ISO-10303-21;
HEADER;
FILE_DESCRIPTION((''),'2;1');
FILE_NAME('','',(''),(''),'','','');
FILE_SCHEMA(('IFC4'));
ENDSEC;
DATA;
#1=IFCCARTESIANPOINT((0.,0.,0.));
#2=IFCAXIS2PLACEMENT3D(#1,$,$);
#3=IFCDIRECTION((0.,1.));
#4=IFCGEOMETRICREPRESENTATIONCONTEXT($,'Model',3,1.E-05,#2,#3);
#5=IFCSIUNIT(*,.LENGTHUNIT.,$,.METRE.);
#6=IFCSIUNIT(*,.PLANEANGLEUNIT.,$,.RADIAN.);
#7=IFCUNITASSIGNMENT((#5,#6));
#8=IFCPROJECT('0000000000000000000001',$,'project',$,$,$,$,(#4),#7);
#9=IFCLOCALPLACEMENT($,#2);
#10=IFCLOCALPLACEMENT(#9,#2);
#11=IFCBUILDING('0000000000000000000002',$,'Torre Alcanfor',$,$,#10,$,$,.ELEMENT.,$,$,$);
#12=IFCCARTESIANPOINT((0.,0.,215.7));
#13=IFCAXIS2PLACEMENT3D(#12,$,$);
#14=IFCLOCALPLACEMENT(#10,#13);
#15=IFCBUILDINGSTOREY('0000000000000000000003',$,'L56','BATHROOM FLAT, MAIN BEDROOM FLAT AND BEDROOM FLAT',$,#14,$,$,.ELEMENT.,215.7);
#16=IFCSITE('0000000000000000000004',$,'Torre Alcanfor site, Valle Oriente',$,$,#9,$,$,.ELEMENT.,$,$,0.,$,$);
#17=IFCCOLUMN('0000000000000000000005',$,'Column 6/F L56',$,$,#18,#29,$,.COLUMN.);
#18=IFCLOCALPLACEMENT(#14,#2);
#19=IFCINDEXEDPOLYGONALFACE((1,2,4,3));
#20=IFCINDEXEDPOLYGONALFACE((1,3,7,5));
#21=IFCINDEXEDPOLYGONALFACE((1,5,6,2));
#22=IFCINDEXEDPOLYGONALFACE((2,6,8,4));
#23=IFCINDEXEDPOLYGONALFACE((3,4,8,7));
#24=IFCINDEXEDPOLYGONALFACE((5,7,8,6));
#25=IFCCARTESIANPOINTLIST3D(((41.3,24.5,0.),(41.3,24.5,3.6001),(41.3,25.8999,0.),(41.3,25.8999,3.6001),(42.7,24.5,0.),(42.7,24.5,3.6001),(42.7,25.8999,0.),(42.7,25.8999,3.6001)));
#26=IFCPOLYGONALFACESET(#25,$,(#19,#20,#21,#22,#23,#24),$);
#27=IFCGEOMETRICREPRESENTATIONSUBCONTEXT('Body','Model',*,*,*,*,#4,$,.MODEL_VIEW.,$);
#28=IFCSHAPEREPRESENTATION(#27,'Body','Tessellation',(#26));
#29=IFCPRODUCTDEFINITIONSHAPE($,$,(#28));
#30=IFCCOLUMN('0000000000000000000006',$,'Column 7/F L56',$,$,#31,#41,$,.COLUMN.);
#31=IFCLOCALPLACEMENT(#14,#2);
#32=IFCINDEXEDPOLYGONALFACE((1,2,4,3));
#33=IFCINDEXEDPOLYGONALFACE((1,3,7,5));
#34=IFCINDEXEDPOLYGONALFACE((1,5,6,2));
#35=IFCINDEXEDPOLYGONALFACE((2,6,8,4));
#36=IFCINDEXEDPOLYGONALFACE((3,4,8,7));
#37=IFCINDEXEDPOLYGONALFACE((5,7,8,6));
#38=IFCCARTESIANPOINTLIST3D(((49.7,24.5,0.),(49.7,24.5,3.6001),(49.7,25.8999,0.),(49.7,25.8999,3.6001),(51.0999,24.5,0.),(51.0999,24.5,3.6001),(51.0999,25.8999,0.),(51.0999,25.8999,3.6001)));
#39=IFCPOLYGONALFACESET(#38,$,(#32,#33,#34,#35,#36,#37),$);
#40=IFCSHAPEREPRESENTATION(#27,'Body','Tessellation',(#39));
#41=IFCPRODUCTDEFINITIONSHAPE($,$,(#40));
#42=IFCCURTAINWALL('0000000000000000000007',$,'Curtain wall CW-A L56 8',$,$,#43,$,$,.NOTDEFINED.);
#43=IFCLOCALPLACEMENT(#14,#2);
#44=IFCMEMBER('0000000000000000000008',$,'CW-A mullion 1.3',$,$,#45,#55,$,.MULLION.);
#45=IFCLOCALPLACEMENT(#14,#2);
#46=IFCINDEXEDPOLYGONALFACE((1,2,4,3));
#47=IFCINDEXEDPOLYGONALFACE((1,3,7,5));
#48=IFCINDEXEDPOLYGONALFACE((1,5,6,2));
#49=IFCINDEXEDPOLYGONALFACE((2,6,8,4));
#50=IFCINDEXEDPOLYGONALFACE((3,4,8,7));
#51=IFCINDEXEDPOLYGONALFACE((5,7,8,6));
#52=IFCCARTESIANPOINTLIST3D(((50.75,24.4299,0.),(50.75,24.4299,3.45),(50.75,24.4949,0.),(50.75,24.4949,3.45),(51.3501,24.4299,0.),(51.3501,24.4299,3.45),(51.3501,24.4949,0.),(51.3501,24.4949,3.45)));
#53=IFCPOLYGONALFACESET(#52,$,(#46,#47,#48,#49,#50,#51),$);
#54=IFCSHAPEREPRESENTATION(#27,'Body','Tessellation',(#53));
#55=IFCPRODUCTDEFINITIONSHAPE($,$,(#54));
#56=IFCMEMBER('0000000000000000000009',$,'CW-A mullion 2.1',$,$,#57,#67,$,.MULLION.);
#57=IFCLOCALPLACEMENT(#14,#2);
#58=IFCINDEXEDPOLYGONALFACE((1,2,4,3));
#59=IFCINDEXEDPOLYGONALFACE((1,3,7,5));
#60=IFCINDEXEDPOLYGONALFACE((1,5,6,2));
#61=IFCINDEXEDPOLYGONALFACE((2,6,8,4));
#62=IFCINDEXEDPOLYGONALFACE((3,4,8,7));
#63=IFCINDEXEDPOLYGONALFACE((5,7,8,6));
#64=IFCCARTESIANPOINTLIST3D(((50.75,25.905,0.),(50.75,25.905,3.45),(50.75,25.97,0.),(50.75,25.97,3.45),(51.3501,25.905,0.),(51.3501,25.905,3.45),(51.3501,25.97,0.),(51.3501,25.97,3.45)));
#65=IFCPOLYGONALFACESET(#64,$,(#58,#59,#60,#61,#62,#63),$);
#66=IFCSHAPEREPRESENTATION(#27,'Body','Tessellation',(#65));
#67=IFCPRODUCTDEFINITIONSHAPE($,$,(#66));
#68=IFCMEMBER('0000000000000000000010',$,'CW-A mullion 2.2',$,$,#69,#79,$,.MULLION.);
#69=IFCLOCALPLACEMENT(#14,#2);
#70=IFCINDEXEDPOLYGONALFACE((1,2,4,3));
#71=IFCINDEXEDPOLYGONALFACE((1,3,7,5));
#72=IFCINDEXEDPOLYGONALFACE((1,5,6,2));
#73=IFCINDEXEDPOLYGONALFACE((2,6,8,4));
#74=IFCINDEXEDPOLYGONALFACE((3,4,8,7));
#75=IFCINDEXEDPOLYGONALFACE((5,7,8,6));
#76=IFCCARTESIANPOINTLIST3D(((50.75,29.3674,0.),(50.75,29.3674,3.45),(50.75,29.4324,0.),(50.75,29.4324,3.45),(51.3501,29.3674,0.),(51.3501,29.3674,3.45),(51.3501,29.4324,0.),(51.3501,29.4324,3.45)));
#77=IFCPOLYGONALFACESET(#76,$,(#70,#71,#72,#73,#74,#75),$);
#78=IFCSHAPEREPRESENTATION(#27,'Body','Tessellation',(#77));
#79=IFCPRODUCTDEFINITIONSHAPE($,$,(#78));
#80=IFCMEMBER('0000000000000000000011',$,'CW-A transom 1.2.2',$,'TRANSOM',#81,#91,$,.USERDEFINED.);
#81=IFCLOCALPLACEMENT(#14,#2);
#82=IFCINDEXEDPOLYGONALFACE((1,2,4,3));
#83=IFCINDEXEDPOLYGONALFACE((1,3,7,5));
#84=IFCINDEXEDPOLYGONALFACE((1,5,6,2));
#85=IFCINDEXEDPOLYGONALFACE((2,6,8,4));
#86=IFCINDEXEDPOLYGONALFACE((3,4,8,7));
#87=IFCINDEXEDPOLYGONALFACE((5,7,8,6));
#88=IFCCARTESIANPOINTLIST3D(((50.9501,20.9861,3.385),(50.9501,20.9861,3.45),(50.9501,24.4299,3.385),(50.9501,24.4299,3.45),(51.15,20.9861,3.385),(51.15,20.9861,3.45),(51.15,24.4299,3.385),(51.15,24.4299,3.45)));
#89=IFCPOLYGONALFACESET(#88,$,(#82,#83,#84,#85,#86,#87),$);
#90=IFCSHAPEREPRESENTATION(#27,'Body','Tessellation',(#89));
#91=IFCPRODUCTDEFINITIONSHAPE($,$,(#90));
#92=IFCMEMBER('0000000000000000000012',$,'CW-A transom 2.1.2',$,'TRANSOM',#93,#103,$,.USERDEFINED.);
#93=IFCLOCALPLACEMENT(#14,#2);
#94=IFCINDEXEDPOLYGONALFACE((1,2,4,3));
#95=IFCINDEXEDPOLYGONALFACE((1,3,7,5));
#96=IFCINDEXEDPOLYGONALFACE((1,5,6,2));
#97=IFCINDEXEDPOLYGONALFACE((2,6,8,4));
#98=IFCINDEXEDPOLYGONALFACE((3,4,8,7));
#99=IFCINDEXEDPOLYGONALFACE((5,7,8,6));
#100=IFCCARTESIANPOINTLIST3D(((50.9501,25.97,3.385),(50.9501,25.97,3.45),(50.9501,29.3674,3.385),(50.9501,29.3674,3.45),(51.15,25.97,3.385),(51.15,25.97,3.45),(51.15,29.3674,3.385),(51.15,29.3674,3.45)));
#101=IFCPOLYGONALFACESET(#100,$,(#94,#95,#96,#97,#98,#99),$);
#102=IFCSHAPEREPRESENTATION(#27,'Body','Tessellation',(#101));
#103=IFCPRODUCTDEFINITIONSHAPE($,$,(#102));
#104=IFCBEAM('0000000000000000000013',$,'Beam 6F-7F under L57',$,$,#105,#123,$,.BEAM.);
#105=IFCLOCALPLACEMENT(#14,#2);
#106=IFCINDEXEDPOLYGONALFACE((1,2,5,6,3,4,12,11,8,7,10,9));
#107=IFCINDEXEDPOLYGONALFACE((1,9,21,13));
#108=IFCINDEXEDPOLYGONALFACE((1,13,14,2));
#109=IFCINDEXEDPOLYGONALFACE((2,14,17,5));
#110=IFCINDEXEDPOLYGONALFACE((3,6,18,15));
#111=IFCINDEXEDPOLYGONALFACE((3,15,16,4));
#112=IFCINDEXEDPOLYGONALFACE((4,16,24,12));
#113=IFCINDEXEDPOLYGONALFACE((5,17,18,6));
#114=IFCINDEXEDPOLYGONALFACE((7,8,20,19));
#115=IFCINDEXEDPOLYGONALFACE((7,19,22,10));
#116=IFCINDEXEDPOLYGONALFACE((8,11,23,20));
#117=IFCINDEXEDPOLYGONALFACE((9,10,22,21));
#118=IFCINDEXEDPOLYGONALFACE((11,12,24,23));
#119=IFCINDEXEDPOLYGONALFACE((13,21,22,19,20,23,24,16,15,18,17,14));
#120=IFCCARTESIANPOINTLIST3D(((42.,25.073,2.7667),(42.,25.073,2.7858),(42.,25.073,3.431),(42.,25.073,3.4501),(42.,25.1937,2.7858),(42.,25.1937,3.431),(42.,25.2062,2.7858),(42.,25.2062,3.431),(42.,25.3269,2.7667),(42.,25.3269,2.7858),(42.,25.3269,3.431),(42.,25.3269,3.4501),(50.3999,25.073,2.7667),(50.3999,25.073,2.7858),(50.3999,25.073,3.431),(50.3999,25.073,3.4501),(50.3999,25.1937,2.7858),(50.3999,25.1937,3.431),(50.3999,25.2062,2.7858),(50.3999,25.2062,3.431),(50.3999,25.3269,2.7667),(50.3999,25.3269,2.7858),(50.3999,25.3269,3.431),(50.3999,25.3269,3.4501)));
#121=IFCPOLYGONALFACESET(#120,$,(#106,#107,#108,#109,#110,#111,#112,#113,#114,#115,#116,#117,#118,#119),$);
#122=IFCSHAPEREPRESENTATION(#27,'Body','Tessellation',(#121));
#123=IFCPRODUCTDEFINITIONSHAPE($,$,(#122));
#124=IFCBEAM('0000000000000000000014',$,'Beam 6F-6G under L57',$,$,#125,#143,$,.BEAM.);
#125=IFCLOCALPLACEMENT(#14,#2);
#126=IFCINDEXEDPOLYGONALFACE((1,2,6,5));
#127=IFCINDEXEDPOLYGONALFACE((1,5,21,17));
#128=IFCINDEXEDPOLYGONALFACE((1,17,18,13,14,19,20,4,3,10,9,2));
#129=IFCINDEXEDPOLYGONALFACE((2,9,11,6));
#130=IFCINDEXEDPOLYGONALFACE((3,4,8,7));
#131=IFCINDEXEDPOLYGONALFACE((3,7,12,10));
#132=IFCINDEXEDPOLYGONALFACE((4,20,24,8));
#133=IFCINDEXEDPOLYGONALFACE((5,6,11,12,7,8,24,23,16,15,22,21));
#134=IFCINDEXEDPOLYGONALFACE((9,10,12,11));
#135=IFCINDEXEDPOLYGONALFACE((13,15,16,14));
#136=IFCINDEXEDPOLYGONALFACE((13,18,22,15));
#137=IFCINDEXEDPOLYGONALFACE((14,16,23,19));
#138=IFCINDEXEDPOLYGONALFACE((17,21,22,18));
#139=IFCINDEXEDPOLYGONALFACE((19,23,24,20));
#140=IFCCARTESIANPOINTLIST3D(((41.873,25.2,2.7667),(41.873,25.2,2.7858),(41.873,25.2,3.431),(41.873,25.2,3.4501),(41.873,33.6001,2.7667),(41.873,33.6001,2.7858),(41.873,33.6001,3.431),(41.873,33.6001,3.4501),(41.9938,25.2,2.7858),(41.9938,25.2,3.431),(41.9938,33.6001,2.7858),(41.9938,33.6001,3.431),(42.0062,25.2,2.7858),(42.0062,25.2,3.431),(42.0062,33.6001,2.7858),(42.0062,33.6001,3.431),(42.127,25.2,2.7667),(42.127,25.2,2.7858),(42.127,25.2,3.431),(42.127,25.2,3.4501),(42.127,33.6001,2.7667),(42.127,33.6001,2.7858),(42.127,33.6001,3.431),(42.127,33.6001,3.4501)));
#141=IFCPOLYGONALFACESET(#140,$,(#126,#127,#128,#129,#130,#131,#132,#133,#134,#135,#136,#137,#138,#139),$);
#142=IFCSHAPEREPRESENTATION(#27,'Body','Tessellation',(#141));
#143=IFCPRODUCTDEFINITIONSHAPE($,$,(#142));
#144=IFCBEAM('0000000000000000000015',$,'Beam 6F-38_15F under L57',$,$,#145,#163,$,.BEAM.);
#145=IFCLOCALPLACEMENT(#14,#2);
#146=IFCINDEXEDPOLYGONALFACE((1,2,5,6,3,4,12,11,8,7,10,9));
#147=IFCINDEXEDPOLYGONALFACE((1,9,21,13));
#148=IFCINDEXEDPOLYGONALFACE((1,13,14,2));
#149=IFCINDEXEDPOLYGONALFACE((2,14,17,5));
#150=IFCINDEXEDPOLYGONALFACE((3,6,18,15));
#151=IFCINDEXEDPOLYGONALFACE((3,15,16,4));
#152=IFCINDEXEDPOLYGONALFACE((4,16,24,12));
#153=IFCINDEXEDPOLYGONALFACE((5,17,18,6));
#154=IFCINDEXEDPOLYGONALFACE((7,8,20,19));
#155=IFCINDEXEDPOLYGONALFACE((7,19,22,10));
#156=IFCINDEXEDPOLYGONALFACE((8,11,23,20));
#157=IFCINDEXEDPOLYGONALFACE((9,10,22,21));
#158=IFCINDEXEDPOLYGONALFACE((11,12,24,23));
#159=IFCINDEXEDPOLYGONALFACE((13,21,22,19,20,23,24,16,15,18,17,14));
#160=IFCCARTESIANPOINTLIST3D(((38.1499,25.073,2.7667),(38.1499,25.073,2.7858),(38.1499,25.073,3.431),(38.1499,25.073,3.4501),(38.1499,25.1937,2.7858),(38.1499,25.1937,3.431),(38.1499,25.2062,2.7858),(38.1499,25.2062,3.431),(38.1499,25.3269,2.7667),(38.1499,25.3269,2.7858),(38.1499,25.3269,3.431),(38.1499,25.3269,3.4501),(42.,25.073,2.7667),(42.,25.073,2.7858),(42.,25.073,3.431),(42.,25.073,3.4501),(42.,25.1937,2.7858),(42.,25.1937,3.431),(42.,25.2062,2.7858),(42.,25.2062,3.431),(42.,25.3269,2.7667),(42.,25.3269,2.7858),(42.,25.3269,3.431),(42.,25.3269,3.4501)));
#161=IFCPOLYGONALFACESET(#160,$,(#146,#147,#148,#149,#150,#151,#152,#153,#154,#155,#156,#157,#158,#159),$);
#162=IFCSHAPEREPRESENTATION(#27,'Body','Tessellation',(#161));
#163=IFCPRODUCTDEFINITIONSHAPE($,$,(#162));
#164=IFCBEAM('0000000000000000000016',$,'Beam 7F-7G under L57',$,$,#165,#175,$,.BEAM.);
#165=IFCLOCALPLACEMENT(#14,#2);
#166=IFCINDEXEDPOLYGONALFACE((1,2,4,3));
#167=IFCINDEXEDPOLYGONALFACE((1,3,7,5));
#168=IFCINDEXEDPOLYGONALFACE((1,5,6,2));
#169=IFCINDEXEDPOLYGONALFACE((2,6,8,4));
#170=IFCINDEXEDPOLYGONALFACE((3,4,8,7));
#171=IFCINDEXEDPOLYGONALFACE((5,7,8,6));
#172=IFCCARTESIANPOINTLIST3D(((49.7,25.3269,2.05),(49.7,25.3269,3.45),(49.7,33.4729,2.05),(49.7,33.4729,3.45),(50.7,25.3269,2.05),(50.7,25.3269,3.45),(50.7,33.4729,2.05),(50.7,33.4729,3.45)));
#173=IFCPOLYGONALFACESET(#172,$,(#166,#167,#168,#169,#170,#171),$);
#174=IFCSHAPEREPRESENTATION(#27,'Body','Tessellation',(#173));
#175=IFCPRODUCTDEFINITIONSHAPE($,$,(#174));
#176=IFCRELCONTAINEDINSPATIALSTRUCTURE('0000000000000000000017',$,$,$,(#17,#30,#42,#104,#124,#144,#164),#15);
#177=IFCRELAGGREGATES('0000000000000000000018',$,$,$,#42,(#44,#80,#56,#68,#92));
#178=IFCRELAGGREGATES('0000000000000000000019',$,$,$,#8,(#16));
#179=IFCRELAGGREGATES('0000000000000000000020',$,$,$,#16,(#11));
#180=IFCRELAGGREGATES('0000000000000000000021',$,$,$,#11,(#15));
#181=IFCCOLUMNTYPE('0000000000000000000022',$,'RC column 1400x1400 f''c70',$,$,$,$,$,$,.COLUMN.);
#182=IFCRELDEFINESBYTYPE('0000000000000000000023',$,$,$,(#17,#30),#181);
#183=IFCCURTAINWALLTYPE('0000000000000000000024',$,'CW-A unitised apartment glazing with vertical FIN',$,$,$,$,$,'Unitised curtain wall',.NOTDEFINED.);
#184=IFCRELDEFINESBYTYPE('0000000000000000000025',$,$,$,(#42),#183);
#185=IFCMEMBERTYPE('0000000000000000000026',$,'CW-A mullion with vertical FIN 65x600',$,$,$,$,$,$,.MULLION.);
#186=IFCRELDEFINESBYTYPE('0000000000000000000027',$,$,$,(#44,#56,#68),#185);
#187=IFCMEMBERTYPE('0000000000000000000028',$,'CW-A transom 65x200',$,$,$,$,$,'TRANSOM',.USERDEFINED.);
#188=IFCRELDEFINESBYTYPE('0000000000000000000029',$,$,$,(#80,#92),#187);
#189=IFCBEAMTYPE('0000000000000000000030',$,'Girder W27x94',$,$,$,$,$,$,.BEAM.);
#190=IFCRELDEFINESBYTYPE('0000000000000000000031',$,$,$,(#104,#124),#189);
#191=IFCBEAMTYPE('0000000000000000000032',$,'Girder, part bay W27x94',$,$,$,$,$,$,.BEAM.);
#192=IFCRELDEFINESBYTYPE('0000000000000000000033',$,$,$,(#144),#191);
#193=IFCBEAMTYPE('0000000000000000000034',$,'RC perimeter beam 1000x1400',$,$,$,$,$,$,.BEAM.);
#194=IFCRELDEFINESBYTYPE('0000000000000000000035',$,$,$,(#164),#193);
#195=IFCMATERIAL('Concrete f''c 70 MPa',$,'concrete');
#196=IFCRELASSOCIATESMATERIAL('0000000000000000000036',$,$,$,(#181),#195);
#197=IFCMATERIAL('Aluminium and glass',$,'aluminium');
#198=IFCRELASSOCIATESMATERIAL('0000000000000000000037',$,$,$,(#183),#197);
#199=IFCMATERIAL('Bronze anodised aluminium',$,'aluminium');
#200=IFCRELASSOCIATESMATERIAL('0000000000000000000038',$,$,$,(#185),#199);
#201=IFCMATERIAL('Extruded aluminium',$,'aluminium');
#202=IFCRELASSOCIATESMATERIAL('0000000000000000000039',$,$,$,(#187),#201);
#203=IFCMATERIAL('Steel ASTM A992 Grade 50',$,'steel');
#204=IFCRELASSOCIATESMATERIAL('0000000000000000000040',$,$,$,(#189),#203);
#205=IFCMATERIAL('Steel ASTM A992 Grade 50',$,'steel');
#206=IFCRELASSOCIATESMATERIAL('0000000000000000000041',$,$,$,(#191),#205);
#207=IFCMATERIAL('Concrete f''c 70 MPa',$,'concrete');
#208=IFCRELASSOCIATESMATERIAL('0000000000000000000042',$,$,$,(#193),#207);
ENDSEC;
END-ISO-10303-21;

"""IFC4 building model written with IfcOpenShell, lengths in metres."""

from ifc_helpers import new_model, si_unit, direction, frame, origin, origin_2d, place, context, subcontext, project, spatial, rectangle, i_section, extrude, material, material_profile, profile_set, type_object, element, aggregate, save


model = new_model("IFC4")

# Units and contexts
model_context = context("Model", 3, precision=1e-05, world=origin(), true_north=direction((0.0, 1.0)))
body_context = subcontext(model_context, "Body", "Model", "MODEL_VIEW")
ifc_project = project(units=[si_unit("LENGTHUNIT", "METRE"), si_unit("PLANEANGLEUNIT", "RADIAN")], contexts=[model_context])

# Site, building, storey
site_placement = place(None, origin())
site = spatial("IfcSite", under=ifc_project, at=site_placement, Name="Torre Alcanfor site, Valle Oriente", CompositionType="ELEMENT", RefElevation=0.0)
building_placement = place(site_placement, origin())
building = spatial("IfcBuilding", under=site, at=building_placement, Name="Torre Alcanfor", CompositionType="ELEMENT")
storey_placement = place(building_placement, frame((0.0, 0.0, 215.7)))
storey = spatial("IfcBuildingStorey", under=building, at=storey_placement, Name="L56", Description="BATHROOM FLAT, MAIN BEDROOM FLAT AND BEDROOM FLAT", CompositionType="ELEMENT", Elevation=215.7)

# Columns
ifc_material_1 = material(Name="Concrete f'c 70 MPa", Category="concrete")
ifc_material_profile_1 = material_profile(ifc_material_1, rectangle(XDim=1.3999, YDim=1.3999, at=origin_2d()), Name="1400x1400")
ifc_profile_set_1 = profile_set([ifc_material_profile_1], Name="Concrete f'c 70 MPa")
column_type = type_object("IfcColumnType", Name="RC column 1400x1400 f'c70", PredefinedType="COLUMN", material=ifc_profile_set_1)
for number, where, z_axis, x_axis, name in (
    (1, (42.0, 25.2, 0.0), (0.0, 0.0, 1.0), (1.0, 0.0, 0.0), "Column 6/F L56"),
    (2, (50.3999, 25.2, 0.0), (0.0, 0.0, 1.0), (1.0, 0.0, 0.0), "Column 7/F L56"),
):
    element("IfcColumn", number, at=place(storey_placement, frame(where, z_axis=z_axis, x_axis=x_axis)), inside=storey, type_object=column_type, Name=name, PredefinedType="COLUMN", context=body_context, shape_type="SweptSolid", body=[
        extrude(rectangle(XDim=1.3999, YDim=1.3999, at=origin_2d()), origin(), (0.0, 0.0, 1.0), 3.6001),
    ])

# Curtain wall, members
ifc_material_2 = material(Name="Aluminium and glass", Category="aluminium")
curtain_wall_type = type_object("IfcCurtainWallType", Name="CW-A unitised apartment glazing with vertical FIN", ElementType="Unitised curtain wall", PredefinedType="NOTDEFINED", material=ifc_material_2)
curtain_wall_placement = place(storey_placement, origin())
curtain_wall = element("IfcCurtainWall", 3, at=curtain_wall_placement, inside=storey, type_object=curtain_wall_type, Name="Curtain wall CW-A L56 8", PredefinedType="NOTDEFINED")
ifc_material_3 = material(Name="Bronze anodised aluminium", Category="aluminium")
ifc_material_profile_2 = material_profile(ifc_material_3, rectangle(XDim=0.6001, YDim=0.0649, at=origin_2d()), Name="CW-A mullion 65x600")
ifc_profile_set_2 = profile_set([ifc_material_profile_2], Name="Bronze anodised aluminium")
member_type_1 = type_object("IfcMemberType", Name="CW-A mullion with vertical FIN 65x600", PredefinedType="MULLION", material=ifc_profile_set_2)
member_1_placement = place(storey_placement, frame((51.05, 24.4624, 0.0), z_axis=(0.0, 0.0, 1.0), x_axis=(-1.0, 0.0, 0.0)))
member_1 = element("IfcMember", 4, at=member_1_placement, type_object=member_type_1, Name="CW-A mullion 1.3", PredefinedType="MULLION", context=body_context, shape_type="SweptSolid", body=[
    extrude(rectangle(XDim=0.6001, YDim=0.0649, at=origin_2d()), origin(), (0.0, 0.0, 1.0), 3.45),
])
member_2_placement = place(storey_placement, frame((51.05, 25.9375, 0.0), z_axis=(0.0, 0.0, 1.0), x_axis=(-1.0, 0.0, 0.0)))
member_2 = element("IfcMember", 5, at=member_2_placement, type_object=member_type_1, Name="CW-A mullion 2.1", PredefinedType="MULLION", context=body_context, shape_type="SweptSolid", body=[
    extrude(rectangle(XDim=0.6001, YDim=0.0649, at=origin_2d()), origin(), (0.0, 0.0, 1.0), 3.45),
])
member_3_placement = place(storey_placement, frame((51.05, 29.3999, 0.0), z_axis=(0.0, 0.0, 1.0), x_axis=(-1.0, 0.0, 0.0)))
member_3 = element("IfcMember", 6, at=member_3_placement, type_object=member_type_1, Name="CW-A mullion 2.2", PredefinedType="MULLION", context=body_context, shape_type="SweptSolid", body=[
    extrude(rectangle(XDim=0.6001, YDim=0.0649, at=origin_2d()), origin(), (0.0, 0.0, 1.0), 3.45),
])
ifc_material_4 = material(Name="Extruded aluminium", Category="aluminium")
ifc_material_profile_3 = material_profile(ifc_material_4, rectangle(XDim=0.2, YDim=0.0649, at=origin_2d()), Name="CW-A transom 200x65")
ifc_profile_set_3 = profile_set([ifc_material_profile_3], Name="Extruded aluminium")
member_type_2 = type_object("IfcMemberType", Name="CW-A transom 65x200", ElementType="TRANSOM", PredefinedType="USERDEFINED", material=ifc_profile_set_3)
member_4_placement = place(storey_placement, frame((51.05, 20.9861, 3.4175), z_axis=(0.0, 1.0, 0.0), x_axis=(-1.0, 0.0, 0.0)))
member_4 = element("IfcMember", 7, at=member_4_placement, type_object=member_type_2, Name="CW-A transom 1.2.2", ObjectType="TRANSOM", PredefinedType="USERDEFINED", context=body_context, shape_type="SweptSolid", body=[
    extrude(rectangle(XDim=0.2, YDim=0.0649, at=origin_2d()), origin(), (0.0, 0.0, 1.0), 3.4438),
])
member_5_placement = place(storey_placement, frame((51.05, 25.97, 3.4175), z_axis=(0.0, 1.0, 0.0), x_axis=(-1.0, 0.0, 0.0)))
member_5 = element("IfcMember", 8, at=member_5_placement, type_object=member_type_2, Name="CW-A transom 2.1.2", ObjectType="TRANSOM", PredefinedType="USERDEFINED", context=body_context, shape_type="SweptSolid", body=[
    extrude(rectangle(XDim=0.2, YDim=0.0649, at=origin_2d()), origin(), (0.0, 0.0, 1.0), 3.3975),
])

# Beams
ifc_material_5 = material(Name="Steel ASTM A992 Grade 50", Category="steel")
ifc_material_profile_4 = material_profile(ifc_material_5, i_section(OverallWidth=0.2539, OverallDepth=0.6833, WebThickness=0.0125, FlangeThickness=0.019, at=origin_2d()), Name="W27x94")
ifc_profile_set_4 = profile_set([ifc_material_profile_4], Name="Steel ASTM A992 Grade 50")
beam_type_1 = type_object("IfcBeamType", Name="Girder W27x94", PredefinedType="BEAM", material=ifc_profile_set_4)
beam_1_placement = place(storey_placement, frame((42.0, 25.2, 3.1084), z_axis=(1.0, 0.0, 0.0), x_axis=(0.0, 1.0, 0.0)))
element("IfcBeam", 9, at=beam_1_placement, inside=storey, type_object=beam_type_1, Name="Beam 6F-7F under L57", PredefinedType="BEAM", context=body_context, shape_type="SweptSolid", body=[
    extrude(i_section(OverallWidth=0.2539, OverallDepth=0.6833, WebThickness=0.0125, FlangeThickness=0.019, at=origin_2d()), origin(), (0.0, 0.0, 1.0), 8.3999),
])
beam_2_placement = place(storey_placement, frame((42.0, 25.2, 3.1084), z_axis=(0.0, 1.0, 0.0), x_axis=(-1.0, 0.0, 0.0)))
element("IfcBeam", 10, at=beam_2_placement, inside=storey, type_object=beam_type_1, Name="Beam 6F-6G under L57", PredefinedType="BEAM", context=body_context, shape_type="SweptSolid", body=[
    extrude(i_section(OverallWidth=0.2539, OverallDepth=0.6833, WebThickness=0.0125, FlangeThickness=0.019, at=origin_2d()), origin(), (0.0, 0.0, 1.0), 8.4001),
])
ifc_material_6 = material(Name="Steel ASTM A992 Grade 50", Category="steel")
ifc_material_profile_5 = material_profile(ifc_material_6, i_section(OverallWidth=0.2539, OverallDepth=0.6833, WebThickness=0.0125, FlangeThickness=0.019, at=origin_2d()), Name="W27x94")
ifc_profile_set_5 = profile_set([ifc_material_profile_5], Name="Steel ASTM A992 Grade 50")
beam_type_2 = type_object("IfcBeamType", Name="Girder, part bay W27x94", PredefinedType="BEAM", material=ifc_profile_set_5)
beam_3_placement = place(storey_placement, frame((42.0, 25.2, 3.1084), z_axis=(-1.0, 0.0, 0.0), x_axis=(0.0, -1.0, 0.0)))
element("IfcBeam", 11, at=beam_3_placement, inside=storey, type_object=beam_type_2, Name="Beam 6F-38_15F under L57", PredefinedType="BEAM", context=body_context, shape_type="SweptSolid", body=[
    extrude(i_section(OverallWidth=0.2539, OverallDepth=0.6833, WebThickness=0.0125, FlangeThickness=0.019, at=origin_2d()), origin(), (0.0, 0.0, 1.0), 3.8501),
])
ifc_material_7 = material(Name="Concrete f'c 70 MPa", Category="concrete")
ifc_material_profile_6 = material_profile(ifc_material_7, rectangle(XDim=1.0, YDim=1.3999, at=origin_2d()), Name="1000x1400")
ifc_profile_set_6 = profile_set([ifc_material_profile_6], Name="Concrete f'c 70 MPa")
beam_type_3 = type_object("IfcBeamType", Name="RC perimeter beam 1000x1400", PredefinedType="BEAM", material=ifc_profile_set_6)
beam_4_placement = place(storey_placement, frame((50.2, 25.3269, 2.75), z_axis=(0.0, 1.0, 0.0), x_axis=(-1.0, 0.0, 0.0)))
element("IfcBeam", 12, at=beam_4_placement, inside=storey, type_object=beam_type_3, Name="Beam 7F-7G under L57", PredefinedType="BEAM", context=body_context, shape_type="SweptSolid", body=[
    extrude(rectangle(XDim=1.0, YDim=1.3999, at=origin_2d()), origin(), (0.0, 0.0, 1.0), 8.146),
])

aggregate(curtain_wall, [member_1, member_4, member_2, member_3, member_5])

save(model, "model.ifc")
